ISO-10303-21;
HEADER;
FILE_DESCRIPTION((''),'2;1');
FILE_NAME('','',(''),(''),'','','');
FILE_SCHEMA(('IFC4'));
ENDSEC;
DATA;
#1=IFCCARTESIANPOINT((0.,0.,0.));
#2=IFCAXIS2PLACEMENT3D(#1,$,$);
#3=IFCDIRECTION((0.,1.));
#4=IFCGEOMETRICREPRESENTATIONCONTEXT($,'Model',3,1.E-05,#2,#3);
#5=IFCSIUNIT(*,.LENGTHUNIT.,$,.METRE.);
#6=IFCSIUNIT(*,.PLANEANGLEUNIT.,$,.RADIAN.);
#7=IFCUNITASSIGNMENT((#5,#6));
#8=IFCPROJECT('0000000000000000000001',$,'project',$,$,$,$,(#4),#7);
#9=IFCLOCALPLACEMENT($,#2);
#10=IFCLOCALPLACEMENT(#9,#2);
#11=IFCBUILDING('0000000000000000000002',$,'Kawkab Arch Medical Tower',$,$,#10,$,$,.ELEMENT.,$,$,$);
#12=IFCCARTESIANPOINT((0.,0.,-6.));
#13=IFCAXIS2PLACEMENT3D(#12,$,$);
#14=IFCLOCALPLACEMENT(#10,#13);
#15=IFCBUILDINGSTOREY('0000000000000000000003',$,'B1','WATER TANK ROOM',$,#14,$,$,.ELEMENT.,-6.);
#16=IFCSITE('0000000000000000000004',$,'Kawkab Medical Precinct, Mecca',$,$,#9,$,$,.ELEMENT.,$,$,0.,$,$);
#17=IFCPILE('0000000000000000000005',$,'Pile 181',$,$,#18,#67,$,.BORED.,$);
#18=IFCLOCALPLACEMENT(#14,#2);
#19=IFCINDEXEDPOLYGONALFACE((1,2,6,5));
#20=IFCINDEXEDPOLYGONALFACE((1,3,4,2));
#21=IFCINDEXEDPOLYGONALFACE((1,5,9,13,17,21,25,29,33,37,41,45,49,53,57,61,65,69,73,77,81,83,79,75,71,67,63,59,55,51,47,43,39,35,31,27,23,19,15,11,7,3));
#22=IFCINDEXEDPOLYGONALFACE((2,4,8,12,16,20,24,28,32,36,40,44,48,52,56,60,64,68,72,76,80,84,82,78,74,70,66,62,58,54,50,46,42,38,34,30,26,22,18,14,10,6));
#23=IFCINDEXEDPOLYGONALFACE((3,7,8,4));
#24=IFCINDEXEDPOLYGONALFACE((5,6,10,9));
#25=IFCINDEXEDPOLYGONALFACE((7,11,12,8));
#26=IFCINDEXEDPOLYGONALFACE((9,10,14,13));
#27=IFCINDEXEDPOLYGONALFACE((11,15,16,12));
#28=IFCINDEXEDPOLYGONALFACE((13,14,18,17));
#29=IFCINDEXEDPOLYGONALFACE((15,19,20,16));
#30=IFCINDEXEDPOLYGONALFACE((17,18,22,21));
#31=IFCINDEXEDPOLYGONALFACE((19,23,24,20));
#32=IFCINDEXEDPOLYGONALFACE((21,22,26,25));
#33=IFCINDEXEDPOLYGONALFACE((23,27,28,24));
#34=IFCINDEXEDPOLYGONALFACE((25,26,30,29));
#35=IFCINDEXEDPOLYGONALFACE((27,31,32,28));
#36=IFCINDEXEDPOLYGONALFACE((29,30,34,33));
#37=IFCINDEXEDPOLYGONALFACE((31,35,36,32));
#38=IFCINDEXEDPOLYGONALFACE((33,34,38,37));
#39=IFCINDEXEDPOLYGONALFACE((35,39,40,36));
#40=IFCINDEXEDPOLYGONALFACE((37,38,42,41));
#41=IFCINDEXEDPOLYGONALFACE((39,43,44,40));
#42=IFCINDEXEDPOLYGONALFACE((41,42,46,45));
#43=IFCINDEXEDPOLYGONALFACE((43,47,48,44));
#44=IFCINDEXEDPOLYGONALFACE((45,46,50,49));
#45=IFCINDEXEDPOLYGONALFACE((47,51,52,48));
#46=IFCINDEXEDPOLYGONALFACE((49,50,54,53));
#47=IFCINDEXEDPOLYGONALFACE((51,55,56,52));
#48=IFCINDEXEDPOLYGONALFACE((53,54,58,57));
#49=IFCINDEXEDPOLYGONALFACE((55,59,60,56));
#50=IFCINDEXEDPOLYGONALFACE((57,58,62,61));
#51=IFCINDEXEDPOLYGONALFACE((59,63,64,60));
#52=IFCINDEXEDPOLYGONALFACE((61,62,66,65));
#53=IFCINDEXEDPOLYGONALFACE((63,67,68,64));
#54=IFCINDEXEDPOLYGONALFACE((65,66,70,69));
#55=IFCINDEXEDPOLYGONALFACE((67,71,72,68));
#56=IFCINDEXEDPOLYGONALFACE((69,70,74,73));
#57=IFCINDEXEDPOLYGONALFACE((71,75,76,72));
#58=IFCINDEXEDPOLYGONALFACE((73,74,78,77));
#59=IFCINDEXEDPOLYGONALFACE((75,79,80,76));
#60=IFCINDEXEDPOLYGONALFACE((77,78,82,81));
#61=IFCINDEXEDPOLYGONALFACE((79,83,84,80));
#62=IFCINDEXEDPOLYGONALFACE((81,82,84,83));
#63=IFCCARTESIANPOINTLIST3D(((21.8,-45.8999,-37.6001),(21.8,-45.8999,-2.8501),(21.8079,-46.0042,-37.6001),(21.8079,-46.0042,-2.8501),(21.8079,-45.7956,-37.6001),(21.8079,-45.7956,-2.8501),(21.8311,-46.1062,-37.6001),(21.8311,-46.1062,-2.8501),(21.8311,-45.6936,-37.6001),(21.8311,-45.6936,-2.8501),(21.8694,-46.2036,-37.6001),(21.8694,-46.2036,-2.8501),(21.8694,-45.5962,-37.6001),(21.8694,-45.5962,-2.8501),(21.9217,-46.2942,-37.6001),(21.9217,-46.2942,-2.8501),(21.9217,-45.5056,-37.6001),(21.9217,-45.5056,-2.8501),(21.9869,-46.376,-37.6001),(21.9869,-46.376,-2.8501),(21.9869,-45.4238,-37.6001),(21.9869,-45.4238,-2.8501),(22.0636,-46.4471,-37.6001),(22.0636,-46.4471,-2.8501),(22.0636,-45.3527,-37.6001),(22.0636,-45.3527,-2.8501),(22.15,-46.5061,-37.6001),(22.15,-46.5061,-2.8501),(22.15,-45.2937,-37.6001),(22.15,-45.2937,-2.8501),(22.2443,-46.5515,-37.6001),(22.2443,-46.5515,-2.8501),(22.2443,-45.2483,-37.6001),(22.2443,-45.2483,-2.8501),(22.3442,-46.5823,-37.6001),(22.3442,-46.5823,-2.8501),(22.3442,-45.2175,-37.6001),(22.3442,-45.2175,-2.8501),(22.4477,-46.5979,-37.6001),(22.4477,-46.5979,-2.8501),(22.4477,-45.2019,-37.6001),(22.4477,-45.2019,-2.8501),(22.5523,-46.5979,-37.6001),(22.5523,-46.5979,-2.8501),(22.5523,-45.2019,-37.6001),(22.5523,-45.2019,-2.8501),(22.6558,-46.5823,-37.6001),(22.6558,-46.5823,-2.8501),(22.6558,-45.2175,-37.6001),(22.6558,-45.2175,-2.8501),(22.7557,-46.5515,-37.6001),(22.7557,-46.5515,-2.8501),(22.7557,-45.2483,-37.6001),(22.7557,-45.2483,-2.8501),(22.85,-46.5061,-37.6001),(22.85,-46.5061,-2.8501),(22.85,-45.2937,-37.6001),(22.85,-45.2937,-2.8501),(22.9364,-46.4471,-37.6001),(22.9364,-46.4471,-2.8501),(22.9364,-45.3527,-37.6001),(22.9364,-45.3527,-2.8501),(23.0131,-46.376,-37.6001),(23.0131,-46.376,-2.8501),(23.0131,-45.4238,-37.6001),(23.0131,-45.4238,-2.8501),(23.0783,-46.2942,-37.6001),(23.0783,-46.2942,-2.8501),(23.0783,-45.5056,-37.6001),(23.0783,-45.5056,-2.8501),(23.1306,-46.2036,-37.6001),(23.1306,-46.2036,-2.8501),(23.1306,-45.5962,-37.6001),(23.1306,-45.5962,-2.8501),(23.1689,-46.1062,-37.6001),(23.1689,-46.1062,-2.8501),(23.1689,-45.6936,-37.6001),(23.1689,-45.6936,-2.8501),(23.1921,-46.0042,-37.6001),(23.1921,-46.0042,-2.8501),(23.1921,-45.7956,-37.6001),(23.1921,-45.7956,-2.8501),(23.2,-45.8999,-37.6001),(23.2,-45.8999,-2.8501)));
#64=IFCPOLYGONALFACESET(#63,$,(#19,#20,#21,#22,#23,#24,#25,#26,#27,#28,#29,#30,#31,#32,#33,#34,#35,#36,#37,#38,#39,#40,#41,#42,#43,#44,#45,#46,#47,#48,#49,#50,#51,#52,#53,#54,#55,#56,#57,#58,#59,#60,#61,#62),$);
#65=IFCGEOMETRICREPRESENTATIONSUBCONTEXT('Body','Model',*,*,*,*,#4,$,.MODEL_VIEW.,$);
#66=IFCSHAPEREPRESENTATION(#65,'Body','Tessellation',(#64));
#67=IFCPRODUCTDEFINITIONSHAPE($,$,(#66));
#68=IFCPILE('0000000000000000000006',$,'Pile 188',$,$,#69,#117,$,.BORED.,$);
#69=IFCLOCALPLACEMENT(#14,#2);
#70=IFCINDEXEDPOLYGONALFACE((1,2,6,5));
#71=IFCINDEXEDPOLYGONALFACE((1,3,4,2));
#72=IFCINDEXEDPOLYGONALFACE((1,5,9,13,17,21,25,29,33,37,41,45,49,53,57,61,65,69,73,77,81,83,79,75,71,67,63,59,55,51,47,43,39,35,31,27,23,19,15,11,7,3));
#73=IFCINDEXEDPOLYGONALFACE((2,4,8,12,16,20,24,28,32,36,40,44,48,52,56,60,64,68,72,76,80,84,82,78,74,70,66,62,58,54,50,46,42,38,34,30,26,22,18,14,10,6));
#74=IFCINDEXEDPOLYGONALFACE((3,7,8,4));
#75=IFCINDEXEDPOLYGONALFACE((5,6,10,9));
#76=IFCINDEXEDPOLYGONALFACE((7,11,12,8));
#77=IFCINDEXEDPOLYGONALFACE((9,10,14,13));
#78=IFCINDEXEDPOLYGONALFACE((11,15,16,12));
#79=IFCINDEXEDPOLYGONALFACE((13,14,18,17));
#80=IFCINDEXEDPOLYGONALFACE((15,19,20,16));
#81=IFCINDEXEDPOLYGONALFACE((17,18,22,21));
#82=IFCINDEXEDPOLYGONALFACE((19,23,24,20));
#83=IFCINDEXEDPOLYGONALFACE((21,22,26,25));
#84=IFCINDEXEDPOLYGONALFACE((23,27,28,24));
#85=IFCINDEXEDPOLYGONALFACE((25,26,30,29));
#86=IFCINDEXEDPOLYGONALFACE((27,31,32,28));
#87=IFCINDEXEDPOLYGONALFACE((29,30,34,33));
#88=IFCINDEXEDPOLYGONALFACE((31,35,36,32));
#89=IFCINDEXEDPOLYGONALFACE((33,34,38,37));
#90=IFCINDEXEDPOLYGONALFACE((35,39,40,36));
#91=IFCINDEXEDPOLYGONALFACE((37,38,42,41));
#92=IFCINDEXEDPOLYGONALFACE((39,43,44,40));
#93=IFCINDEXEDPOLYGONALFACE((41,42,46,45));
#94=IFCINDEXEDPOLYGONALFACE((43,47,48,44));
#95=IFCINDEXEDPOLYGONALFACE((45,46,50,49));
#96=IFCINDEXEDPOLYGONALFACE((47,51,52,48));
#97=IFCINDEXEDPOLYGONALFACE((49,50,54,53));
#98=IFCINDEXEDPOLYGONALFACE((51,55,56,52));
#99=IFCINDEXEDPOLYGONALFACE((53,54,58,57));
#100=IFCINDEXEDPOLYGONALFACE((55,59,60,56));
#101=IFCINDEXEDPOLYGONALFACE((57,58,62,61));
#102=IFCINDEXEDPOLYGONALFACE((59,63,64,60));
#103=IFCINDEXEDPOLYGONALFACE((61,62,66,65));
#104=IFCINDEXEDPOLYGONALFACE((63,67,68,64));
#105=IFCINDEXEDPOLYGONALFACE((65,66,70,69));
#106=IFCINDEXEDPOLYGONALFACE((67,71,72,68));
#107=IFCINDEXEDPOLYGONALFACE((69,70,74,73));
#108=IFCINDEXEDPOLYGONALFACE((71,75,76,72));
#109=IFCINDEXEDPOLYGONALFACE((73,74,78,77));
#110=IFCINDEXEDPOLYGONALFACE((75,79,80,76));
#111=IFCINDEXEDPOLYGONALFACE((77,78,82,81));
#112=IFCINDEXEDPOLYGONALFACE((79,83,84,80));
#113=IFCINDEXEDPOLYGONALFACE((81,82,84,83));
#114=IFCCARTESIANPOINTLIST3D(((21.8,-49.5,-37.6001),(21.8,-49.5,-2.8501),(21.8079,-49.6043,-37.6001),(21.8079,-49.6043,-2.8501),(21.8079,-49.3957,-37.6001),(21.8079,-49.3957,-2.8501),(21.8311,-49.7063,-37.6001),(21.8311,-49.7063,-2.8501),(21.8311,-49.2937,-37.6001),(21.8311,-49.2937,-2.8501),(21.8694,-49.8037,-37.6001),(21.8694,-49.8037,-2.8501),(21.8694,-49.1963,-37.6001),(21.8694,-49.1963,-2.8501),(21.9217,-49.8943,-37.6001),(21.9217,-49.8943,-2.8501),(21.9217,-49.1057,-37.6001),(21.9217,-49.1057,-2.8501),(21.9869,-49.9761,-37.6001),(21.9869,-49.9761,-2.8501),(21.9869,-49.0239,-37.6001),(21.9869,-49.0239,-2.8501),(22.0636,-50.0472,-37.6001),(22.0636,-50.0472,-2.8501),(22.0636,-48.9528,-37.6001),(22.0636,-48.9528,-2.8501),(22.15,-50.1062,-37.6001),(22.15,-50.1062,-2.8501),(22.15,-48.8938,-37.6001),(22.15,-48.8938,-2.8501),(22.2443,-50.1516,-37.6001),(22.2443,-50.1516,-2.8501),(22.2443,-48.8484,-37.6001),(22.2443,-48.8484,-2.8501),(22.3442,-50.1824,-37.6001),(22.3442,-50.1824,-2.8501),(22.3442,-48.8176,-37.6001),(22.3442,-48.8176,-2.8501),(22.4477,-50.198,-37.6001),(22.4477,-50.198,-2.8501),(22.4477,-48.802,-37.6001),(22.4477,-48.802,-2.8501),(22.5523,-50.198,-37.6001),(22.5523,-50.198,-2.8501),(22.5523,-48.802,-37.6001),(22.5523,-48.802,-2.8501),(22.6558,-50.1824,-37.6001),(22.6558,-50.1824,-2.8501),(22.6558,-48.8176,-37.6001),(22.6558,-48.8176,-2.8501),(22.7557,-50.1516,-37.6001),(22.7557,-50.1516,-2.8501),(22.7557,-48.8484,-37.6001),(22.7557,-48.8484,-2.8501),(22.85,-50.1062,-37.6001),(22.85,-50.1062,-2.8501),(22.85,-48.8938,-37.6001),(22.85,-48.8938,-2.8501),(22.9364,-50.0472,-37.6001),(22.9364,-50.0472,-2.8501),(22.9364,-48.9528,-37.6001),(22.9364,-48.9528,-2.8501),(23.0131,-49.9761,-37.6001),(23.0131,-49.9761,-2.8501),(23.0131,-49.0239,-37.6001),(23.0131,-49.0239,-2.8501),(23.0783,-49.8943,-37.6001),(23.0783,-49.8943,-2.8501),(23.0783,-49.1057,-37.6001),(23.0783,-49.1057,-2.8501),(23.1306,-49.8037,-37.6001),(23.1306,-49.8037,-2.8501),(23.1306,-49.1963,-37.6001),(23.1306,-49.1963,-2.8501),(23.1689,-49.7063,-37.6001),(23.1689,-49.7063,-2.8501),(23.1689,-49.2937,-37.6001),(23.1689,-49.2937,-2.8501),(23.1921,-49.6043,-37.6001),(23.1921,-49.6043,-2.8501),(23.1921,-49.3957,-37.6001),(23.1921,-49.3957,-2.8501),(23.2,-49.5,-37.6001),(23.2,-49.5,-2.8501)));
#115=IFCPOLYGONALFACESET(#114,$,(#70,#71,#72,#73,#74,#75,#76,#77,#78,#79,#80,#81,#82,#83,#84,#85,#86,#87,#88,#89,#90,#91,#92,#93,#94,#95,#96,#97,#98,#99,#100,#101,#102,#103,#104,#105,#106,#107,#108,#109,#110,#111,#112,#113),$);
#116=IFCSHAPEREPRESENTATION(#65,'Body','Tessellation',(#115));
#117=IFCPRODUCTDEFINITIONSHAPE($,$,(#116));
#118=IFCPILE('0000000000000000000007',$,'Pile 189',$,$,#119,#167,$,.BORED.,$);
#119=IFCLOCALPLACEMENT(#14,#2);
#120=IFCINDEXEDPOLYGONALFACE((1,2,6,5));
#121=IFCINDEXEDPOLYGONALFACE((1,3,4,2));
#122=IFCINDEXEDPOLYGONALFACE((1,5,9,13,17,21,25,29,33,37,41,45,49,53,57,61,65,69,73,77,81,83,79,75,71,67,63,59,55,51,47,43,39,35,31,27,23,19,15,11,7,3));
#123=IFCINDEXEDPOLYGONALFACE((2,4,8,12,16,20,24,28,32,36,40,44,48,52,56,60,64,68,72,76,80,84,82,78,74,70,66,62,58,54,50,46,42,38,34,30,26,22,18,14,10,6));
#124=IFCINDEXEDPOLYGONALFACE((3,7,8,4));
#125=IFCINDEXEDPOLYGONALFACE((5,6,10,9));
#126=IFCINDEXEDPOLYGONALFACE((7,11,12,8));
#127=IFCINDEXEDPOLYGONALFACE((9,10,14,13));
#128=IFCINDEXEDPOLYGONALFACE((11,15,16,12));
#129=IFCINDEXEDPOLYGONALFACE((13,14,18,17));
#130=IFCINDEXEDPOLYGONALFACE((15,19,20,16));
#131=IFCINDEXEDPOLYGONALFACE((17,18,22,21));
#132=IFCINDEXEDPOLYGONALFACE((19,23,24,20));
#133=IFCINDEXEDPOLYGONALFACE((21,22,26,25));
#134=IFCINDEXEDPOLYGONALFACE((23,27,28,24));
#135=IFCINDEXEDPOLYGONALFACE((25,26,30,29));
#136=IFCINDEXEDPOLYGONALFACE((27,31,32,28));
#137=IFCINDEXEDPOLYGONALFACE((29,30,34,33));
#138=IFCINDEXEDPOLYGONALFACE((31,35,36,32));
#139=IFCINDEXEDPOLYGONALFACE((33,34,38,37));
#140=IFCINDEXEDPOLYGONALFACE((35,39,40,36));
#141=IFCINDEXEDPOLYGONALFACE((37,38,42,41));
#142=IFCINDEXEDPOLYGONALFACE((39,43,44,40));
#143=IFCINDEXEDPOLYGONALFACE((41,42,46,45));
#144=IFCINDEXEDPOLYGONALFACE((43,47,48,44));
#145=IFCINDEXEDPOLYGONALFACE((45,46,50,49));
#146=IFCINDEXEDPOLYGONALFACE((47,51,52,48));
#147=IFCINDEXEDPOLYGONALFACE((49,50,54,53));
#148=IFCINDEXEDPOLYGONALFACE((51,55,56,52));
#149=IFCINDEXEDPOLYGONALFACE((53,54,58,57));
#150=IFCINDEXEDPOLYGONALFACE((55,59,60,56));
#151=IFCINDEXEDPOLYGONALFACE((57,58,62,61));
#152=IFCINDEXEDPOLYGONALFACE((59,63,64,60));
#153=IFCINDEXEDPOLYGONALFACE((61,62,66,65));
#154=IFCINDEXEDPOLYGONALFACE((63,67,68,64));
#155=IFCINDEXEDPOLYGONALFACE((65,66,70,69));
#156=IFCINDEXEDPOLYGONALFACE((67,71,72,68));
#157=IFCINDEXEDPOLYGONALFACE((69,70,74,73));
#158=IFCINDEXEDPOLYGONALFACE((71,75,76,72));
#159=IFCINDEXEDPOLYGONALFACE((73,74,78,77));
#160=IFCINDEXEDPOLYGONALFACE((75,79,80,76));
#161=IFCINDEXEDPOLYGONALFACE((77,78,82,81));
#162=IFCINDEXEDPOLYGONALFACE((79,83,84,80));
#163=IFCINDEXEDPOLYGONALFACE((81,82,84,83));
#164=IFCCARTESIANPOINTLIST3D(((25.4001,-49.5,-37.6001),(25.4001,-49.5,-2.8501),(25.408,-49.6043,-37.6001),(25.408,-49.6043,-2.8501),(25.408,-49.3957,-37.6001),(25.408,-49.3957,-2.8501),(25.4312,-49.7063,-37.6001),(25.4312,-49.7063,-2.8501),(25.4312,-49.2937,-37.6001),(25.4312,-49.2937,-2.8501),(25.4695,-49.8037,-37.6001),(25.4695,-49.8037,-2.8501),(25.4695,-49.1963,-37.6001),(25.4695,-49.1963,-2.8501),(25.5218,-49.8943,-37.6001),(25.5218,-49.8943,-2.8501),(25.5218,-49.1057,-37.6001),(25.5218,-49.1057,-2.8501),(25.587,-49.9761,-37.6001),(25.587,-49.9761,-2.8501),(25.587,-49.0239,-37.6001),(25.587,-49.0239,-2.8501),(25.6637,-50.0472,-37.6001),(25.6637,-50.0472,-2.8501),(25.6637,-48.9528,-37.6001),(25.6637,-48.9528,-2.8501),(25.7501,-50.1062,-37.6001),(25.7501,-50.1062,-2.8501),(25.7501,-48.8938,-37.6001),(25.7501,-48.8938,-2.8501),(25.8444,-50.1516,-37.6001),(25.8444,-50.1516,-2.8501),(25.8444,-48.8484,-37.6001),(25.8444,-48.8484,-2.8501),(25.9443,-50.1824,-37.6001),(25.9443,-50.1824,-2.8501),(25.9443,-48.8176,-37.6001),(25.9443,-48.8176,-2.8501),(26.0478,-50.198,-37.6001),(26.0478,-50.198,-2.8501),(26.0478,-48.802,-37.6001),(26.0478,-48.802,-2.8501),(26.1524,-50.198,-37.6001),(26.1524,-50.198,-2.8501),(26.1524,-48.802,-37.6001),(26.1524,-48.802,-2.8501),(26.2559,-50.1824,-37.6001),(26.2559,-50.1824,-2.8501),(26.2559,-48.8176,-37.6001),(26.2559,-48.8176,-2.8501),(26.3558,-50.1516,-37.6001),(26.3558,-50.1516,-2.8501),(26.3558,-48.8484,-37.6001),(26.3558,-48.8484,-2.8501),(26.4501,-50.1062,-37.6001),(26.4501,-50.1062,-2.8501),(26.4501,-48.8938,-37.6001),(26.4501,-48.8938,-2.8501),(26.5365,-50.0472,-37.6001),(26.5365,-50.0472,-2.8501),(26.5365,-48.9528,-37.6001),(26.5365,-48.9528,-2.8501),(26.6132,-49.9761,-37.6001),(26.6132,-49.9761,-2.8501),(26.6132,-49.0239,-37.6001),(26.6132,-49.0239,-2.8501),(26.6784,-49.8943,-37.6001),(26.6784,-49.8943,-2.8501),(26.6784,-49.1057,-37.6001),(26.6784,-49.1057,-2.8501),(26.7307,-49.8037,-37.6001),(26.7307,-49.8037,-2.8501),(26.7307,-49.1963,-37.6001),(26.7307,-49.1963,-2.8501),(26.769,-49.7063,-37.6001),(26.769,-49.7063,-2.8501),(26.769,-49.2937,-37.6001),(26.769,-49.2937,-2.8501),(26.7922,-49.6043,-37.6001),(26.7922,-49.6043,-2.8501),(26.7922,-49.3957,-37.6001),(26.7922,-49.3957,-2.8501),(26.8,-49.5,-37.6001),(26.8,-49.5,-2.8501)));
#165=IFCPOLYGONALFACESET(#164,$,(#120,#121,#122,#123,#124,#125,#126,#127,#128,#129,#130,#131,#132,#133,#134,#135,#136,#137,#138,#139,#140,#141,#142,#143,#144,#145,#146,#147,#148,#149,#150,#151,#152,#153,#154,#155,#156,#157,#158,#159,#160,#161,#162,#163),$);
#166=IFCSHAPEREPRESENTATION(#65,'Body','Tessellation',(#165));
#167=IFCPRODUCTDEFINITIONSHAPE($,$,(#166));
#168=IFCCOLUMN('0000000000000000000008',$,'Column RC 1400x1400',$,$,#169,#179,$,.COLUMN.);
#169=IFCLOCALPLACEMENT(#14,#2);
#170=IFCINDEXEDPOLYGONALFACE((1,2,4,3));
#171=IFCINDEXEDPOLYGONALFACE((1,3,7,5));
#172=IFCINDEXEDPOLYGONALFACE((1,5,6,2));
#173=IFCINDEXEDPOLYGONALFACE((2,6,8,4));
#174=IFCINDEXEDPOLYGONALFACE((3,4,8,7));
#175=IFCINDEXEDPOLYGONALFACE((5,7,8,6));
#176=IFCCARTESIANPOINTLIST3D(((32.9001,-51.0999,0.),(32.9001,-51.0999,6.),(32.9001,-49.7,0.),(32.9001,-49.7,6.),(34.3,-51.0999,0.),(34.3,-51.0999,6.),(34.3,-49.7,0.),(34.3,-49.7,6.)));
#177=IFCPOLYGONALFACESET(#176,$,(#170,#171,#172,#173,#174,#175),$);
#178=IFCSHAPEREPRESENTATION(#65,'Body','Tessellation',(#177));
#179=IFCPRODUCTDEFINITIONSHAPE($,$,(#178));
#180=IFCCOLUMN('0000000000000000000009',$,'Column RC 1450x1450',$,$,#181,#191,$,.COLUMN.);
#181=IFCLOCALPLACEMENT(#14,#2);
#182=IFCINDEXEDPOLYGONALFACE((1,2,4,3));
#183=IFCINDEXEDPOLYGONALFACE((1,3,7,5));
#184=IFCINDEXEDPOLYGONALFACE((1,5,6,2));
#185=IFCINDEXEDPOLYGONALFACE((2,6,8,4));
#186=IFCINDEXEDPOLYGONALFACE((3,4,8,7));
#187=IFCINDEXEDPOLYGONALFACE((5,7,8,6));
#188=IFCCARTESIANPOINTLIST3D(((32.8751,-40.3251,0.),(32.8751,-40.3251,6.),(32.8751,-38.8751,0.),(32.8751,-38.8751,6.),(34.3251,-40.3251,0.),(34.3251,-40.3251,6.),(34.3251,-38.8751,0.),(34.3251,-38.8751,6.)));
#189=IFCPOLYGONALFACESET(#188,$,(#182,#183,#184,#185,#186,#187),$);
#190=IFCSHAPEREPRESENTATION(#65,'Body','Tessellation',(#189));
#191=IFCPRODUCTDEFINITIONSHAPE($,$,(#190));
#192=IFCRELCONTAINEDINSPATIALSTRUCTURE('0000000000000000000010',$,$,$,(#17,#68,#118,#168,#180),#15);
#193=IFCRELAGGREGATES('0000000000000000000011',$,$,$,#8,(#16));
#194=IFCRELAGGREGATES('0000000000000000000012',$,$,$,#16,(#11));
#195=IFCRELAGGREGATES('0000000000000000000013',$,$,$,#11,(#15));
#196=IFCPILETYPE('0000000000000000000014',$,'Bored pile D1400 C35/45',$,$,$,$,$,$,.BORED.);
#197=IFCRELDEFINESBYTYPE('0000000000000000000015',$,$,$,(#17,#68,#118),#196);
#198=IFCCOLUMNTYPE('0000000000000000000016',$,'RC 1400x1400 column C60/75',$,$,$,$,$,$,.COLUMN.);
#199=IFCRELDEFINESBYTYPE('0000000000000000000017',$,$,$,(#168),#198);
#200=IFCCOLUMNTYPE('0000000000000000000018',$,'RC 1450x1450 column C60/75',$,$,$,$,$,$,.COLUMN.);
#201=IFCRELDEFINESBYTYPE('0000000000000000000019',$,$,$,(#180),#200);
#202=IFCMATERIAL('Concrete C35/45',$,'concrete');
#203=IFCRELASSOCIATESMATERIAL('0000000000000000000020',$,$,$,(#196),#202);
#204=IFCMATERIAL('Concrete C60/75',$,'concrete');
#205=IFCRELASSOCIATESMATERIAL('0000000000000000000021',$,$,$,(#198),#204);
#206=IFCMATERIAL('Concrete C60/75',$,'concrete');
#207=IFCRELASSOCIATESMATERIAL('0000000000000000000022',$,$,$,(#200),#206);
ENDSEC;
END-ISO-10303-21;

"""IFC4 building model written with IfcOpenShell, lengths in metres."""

from ifc_helpers import new_model, si_unit, direction, frame, origin, origin_2d, place, context, subcontext, project, spatial, rectangle, circle, extrude, material, material_profile, profile_set, type_object, element, save


model = new_model("IFC4")

# Units and contexts
model_context = context("Model", 3, precision=1e-05, world=origin(), true_north=direction((0.0, 1.0)))
body_context = subcontext(model_context, "Body", "Model", "MODEL_VIEW")
ifc_project = project(units=[si_unit("LENGTHUNIT", "METRE"), si_unit("PLANEANGLEUNIT", "RADIAN")], contexts=[model_context])

# Site, building, storey
site_placement = place(None, origin())
site = spatial("IfcSite", under=ifc_project, at=site_placement, Name="Kawkab Medical Precinct, Mecca", CompositionType="ELEMENT", RefElevation=0.0)
building_placement = place(site_placement, origin())
building = spatial("IfcBuilding", under=site, at=building_placement, Name="Kawkab Arch Medical Tower", CompositionType="ELEMENT")
storey_placement = place(building_placement, frame((0.0, 0.0, -6.0)))
storey = spatial("IfcBuildingStorey", under=building, at=storey_placement, Name="B1", Description="WATER TANK ROOM", CompositionType="ELEMENT", Elevation=-6.0)

# Piles
ifc_material_1 = material(Name="Concrete C35/45", Category="concrete")
ifc_material_profile_1 = material_profile(ifc_material_1, circle(Radius=0.7, at=origin_2d()), Name="Bored pile D1400")
ifc_profile_set_1 = profile_set([ifc_material_profile_1], Name="Concrete C35/45")
pile_type_1 = type_object("IfcPileType", Name="Bored pile D1400 C35/45", PredefinedType="BORED", material=ifc_profile_set_1)
for number, where, z_axis, x_axis, name in (
    (1, (22.5, -45.8999, -2.8501), (0.0, 0.0, -1.0), (1.0, 0.0, 0.0), "Pile 181"),
    (2, (22.5, -49.5, -2.8501), (0.0, 0.0, -1.0), (1.0, 0.0, 0.0), "Pile 188"),
    (3, (26.1001, -49.5, -2.8501), (0.0, 0.0, -1.0), (1.0, 0.0, 0.0), "Pile 189"),
):
    element("IfcPile", number, at=place(storey_placement, frame(where, z_axis=z_axis, x_axis=x_axis)), inside=storey, type_object=pile_type_1, Name=name, PredefinedType="BORED", context=body_context, shape_type="SweptSolid", body=[
        extrude(circle(Radius=0.7, at=origin_2d()), origin(), (0.0, 0.0, 1.0), 34.75),
    ])

# Columns
ifc_material_2 = material(Name="Concrete C60/75", Category="concrete")
ifc_material_profile_2 = material_profile(ifc_material_2, rectangle(XDim=1.3999, YDim=1.3999, at=origin_2d()), Name="RC 1400x1400")
ifc_profile_set_2 = profile_set([ifc_material_profile_2], Name="Concrete C60/75")
column_type_1 = type_object("IfcColumnType", Name="RC 1400x1400 column C60/75", PredefinedType="COLUMN", material=ifc_profile_set_2)
column_1_placement = place(storey_placement, frame((33.6001, -50.3999, 0.0), z_axis=(0.0, 0.0, 1.0), x_axis=(1.0, 0.0, 0.0)))
element("IfcColumn", 4, at=column_1_placement, inside=storey, type_object=column_type_1, Name="Column RC 1400x1400", PredefinedType="COLUMN", context=body_context, shape_type="SweptSolid", body=[
    extrude(rectangle(XDim=1.3999, YDim=1.3999, at=origin_2d()), origin(), (0.0, 0.0, 1.0), 6.0),
])
ifc_material_3 = material(Name="Concrete C60/75", Category="concrete")
ifc_material_profile_3 = material_profile(ifc_material_3, rectangle(XDim=1.45, YDim=1.45, at=origin_2d()), Name="RC 1450x1450")
ifc_profile_set_3 = profile_set([ifc_material_profile_3], Name="Concrete C60/75")
column_type_2 = type_object("IfcColumnType", Name="RC 1450x1450 column C60/75", PredefinedType="COLUMN", material=ifc_profile_set_3)
column_2_placement = place(storey_placement, frame((33.6001, -39.6001, 0.0), z_axis=(0.0, 0.0, 1.0), x_axis=(1.0, 0.0, 0.0)))
element("IfcColumn", 5, at=column_2_placement, inside=storey, type_object=column_type_2, Name="Column RC 1450x1450", PredefinedType="COLUMN", context=body_context, shape_type="SweptSolid", body=[
    extrude(rectangle(XDim=1.45, YDim=1.45, at=origin_2d()), origin(), (0.0, 0.0, 1.0), 6.0),
])

save(model, "model.ifc")
